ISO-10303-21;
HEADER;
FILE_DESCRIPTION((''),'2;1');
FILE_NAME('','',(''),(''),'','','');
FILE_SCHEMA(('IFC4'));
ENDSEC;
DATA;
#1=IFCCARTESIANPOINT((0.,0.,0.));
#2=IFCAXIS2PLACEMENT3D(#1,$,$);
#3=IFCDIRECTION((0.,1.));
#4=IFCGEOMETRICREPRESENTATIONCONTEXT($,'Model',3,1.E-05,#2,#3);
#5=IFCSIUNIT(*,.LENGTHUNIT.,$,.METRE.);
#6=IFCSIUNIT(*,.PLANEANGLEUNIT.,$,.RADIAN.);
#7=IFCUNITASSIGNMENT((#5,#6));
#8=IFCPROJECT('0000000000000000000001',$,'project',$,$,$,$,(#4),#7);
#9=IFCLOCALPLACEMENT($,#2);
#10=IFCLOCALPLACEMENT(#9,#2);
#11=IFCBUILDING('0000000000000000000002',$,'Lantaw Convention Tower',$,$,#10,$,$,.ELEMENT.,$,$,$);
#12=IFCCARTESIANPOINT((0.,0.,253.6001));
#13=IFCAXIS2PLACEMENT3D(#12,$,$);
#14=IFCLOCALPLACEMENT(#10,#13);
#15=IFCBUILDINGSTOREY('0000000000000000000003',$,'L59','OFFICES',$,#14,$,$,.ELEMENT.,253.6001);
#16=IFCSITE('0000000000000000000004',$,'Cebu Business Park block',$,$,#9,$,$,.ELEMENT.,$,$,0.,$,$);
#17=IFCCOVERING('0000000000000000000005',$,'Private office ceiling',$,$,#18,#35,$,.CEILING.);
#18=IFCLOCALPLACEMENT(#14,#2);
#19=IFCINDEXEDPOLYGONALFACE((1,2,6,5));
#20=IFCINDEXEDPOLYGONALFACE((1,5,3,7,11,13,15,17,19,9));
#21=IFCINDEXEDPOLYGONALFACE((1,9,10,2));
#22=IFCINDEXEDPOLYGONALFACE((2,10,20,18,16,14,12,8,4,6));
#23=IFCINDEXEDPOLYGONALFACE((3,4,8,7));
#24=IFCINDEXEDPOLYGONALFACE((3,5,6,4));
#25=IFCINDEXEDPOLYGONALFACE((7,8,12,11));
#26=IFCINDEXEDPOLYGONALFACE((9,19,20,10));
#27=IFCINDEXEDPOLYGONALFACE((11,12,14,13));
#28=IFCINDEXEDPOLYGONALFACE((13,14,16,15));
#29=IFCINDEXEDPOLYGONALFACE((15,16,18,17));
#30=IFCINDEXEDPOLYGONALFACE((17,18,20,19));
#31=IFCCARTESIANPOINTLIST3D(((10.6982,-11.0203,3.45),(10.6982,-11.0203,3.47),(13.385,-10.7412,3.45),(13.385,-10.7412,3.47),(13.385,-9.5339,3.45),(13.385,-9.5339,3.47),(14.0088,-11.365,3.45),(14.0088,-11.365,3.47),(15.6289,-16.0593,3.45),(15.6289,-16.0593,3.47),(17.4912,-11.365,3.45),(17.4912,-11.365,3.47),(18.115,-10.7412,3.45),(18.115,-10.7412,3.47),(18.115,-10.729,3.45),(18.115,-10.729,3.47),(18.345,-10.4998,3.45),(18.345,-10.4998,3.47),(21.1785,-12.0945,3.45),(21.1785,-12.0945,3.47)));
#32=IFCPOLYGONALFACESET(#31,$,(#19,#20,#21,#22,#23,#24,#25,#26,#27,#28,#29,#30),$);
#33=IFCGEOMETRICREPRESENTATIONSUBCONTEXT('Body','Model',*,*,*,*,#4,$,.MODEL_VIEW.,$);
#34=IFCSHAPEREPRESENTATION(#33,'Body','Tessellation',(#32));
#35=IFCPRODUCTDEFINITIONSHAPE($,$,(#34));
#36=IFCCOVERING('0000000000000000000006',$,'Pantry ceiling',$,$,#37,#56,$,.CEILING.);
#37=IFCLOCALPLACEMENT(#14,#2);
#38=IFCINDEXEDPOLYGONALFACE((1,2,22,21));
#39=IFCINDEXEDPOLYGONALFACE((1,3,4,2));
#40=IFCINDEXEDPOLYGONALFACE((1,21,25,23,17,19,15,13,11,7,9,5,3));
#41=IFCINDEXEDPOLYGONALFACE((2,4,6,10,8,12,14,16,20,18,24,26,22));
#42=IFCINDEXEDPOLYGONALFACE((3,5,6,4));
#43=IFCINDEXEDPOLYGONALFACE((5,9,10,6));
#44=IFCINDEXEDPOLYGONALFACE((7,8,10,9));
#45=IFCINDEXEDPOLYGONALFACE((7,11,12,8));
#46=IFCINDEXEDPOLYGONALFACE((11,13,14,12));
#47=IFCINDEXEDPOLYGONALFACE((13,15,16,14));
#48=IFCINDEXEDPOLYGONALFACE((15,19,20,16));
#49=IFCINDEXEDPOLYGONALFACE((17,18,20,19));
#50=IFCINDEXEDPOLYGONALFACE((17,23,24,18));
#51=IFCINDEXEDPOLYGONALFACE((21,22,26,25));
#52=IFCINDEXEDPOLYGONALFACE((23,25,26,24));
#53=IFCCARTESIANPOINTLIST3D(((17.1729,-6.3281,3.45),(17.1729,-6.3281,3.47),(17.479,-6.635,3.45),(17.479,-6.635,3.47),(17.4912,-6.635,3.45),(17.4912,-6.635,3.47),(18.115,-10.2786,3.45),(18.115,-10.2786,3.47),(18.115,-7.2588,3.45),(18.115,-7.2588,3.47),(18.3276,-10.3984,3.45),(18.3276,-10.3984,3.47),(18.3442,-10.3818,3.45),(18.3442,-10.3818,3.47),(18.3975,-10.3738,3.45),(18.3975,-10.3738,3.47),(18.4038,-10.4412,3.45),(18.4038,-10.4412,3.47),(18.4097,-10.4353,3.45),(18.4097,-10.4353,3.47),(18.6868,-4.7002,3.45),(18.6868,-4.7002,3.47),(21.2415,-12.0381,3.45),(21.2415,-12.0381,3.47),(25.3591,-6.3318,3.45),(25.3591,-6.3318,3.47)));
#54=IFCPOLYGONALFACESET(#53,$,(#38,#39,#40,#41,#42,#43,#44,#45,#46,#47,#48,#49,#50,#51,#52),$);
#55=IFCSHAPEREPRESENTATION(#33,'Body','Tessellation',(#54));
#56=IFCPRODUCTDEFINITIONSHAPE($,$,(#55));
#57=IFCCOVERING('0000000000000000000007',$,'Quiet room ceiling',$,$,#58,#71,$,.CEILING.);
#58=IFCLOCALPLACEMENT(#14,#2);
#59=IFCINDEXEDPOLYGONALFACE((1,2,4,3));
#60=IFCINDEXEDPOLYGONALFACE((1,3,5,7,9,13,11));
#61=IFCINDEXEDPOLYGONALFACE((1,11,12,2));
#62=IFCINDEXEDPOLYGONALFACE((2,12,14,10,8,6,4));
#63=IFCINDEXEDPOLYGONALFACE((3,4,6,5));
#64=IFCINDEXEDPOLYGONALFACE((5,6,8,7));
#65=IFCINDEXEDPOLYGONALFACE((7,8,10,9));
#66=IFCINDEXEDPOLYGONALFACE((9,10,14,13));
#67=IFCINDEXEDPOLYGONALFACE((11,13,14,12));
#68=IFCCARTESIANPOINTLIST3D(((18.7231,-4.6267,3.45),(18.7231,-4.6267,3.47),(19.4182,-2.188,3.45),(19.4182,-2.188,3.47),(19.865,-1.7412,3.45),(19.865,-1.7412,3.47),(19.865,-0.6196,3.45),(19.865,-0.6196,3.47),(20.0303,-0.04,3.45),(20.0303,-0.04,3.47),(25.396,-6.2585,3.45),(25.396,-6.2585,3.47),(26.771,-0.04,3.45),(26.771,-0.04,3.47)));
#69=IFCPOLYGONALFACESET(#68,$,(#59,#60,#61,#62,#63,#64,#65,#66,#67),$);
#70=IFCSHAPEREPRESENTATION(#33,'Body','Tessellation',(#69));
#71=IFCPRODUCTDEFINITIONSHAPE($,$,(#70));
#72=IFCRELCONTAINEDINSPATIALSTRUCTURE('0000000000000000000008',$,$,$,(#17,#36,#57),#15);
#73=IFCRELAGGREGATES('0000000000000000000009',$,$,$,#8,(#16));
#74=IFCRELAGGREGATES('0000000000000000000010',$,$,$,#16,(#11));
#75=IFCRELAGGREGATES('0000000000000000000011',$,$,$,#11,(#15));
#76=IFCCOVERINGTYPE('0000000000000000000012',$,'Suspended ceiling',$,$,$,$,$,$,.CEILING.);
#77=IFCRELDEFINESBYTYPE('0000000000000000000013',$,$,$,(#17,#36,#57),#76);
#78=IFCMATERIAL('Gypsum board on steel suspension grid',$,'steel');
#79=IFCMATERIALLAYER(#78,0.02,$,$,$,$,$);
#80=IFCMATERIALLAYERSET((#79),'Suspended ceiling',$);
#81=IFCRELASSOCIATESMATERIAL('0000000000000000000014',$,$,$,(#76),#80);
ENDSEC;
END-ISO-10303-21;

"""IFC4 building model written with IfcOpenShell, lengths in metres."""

from ifc_helpers import new_model, si_unit, direction, frame, origin, place, context, subcontext, project, spatial, polyline, outline, extrude, material, layer, layer_set, type_object, element, save


model = new_model("IFC4")

# Units and contexts
model_context = context("Model", 3, precision=1e-05, world=origin(), true_north=direction((0.0, 1.0)))
body_context = subcontext(model_context, "Body", "Model", "MODEL_VIEW")
ifc_project = project(units=[si_unit("LENGTHUNIT", "METRE"), si_unit("PLANEANGLEUNIT", "RADIAN")], contexts=[model_context])

# Site, building, storey
site_placement = place(None, origin())
site = spatial("IfcSite", under=ifc_project, at=site_placement, Name="Cebu Business Park block", CompositionType="ELEMENT", RefElevation=0.0)
building_placement = place(site_placement, origin())
building = spatial("IfcBuilding", under=site, at=building_placement, Name="Lantaw Convention Tower", CompositionType="ELEMENT")
storey_placement = place(building_placement, frame((0.0, 0.0, 253.6001)))
storey = spatial("IfcBuildingStorey", under=building, at=storey_placement, Name="L59", Description="OFFICES", CompositionType="ELEMENT", Elevation=253.6001)

# Coverings
ifc_material_1 = material(Name="Gypsum board on steel suspension grid", Category="steel")
ifc_layer_1 = layer(ifc_material_1, 0.02)
ifc_layer_set_1 = layer_set([ifc_layer_1], Name="Suspended ceiling")
covering_type = type_object("IfcCoveringType", Name="Suspended ceiling", PredefinedType="CEILING", material=ifc_layer_set_1)
covering_1_placement = place(storey_placement, frame((0.0, 0.0, 3.45)))
element("IfcCovering", 1, at=covering_1_placement, inside=storey, type_object=covering_type, Name="Private office ceiling", PredefinedType="CEILING", context=body_context, shape_type="SweptSolid", body=[
    extrude(outline(polyline([(13.385, -10.7412), (13.385, -9.5339), (10.6982, -11.0203), (15.6289, -16.0593), (21.1785, -12.0945), (18.345, -10.4998), (18.115, -10.729), (18.115, -10.7412), (17.4912, -11.365), (14.0088, -11.365), (13.385, -10.7412)])), origin(), (0.0, 0.0, 1.0), 0.02),
])
covering_2_placement = place(storey_placement, frame((0.0, 0.0, 3.45)))
element("IfcCovering", 2, at=covering_2_placement, inside=storey, type_object=covering_type, Name="Pantry ceiling", PredefinedType="CEILING", context=body_context, shape_type="SweptSolid", body=[
    extrude(outline(polyline([(17.479, -6.635), (17.4912, -6.635), (18.115, -7.2588), (18.115, -10.2786), (18.3276, -10.3984), (18.3442, -10.3818), (18.3975, -10.3738), (18.4097, -10.4353), (18.4038, -10.4412), (21.2415, -12.0381), (25.3591, -6.3318), (18.6868, -4.7002), (17.1729, -6.3281), (17.479, -6.635)])), origin(), (0.0, 0.0, 1.0), 0.02),
])
covering_3_placement = place(storey_placement, frame((0.0, 0.0, 3.45)))
element("IfcCovering", 3, at=covering_3_placement, inside=storey, type_object=covering_type, Name="Quiet room ceiling", PredefinedType="CEILING", context=body_context, shape_type="SweptSolid", body=[
    extrude(outline(polyline([(19.4182, -2.188), (18.7231, -4.6267), (25.396, -6.2585), (26.771, -0.04), (20.0303, -0.04), (19.865, -0.6196), (19.865, -1.7412), (19.4182, -2.188)])), origin(), (0.0, 0.0, 1.0), 0.02),
])

save(model, "model.ifc")
